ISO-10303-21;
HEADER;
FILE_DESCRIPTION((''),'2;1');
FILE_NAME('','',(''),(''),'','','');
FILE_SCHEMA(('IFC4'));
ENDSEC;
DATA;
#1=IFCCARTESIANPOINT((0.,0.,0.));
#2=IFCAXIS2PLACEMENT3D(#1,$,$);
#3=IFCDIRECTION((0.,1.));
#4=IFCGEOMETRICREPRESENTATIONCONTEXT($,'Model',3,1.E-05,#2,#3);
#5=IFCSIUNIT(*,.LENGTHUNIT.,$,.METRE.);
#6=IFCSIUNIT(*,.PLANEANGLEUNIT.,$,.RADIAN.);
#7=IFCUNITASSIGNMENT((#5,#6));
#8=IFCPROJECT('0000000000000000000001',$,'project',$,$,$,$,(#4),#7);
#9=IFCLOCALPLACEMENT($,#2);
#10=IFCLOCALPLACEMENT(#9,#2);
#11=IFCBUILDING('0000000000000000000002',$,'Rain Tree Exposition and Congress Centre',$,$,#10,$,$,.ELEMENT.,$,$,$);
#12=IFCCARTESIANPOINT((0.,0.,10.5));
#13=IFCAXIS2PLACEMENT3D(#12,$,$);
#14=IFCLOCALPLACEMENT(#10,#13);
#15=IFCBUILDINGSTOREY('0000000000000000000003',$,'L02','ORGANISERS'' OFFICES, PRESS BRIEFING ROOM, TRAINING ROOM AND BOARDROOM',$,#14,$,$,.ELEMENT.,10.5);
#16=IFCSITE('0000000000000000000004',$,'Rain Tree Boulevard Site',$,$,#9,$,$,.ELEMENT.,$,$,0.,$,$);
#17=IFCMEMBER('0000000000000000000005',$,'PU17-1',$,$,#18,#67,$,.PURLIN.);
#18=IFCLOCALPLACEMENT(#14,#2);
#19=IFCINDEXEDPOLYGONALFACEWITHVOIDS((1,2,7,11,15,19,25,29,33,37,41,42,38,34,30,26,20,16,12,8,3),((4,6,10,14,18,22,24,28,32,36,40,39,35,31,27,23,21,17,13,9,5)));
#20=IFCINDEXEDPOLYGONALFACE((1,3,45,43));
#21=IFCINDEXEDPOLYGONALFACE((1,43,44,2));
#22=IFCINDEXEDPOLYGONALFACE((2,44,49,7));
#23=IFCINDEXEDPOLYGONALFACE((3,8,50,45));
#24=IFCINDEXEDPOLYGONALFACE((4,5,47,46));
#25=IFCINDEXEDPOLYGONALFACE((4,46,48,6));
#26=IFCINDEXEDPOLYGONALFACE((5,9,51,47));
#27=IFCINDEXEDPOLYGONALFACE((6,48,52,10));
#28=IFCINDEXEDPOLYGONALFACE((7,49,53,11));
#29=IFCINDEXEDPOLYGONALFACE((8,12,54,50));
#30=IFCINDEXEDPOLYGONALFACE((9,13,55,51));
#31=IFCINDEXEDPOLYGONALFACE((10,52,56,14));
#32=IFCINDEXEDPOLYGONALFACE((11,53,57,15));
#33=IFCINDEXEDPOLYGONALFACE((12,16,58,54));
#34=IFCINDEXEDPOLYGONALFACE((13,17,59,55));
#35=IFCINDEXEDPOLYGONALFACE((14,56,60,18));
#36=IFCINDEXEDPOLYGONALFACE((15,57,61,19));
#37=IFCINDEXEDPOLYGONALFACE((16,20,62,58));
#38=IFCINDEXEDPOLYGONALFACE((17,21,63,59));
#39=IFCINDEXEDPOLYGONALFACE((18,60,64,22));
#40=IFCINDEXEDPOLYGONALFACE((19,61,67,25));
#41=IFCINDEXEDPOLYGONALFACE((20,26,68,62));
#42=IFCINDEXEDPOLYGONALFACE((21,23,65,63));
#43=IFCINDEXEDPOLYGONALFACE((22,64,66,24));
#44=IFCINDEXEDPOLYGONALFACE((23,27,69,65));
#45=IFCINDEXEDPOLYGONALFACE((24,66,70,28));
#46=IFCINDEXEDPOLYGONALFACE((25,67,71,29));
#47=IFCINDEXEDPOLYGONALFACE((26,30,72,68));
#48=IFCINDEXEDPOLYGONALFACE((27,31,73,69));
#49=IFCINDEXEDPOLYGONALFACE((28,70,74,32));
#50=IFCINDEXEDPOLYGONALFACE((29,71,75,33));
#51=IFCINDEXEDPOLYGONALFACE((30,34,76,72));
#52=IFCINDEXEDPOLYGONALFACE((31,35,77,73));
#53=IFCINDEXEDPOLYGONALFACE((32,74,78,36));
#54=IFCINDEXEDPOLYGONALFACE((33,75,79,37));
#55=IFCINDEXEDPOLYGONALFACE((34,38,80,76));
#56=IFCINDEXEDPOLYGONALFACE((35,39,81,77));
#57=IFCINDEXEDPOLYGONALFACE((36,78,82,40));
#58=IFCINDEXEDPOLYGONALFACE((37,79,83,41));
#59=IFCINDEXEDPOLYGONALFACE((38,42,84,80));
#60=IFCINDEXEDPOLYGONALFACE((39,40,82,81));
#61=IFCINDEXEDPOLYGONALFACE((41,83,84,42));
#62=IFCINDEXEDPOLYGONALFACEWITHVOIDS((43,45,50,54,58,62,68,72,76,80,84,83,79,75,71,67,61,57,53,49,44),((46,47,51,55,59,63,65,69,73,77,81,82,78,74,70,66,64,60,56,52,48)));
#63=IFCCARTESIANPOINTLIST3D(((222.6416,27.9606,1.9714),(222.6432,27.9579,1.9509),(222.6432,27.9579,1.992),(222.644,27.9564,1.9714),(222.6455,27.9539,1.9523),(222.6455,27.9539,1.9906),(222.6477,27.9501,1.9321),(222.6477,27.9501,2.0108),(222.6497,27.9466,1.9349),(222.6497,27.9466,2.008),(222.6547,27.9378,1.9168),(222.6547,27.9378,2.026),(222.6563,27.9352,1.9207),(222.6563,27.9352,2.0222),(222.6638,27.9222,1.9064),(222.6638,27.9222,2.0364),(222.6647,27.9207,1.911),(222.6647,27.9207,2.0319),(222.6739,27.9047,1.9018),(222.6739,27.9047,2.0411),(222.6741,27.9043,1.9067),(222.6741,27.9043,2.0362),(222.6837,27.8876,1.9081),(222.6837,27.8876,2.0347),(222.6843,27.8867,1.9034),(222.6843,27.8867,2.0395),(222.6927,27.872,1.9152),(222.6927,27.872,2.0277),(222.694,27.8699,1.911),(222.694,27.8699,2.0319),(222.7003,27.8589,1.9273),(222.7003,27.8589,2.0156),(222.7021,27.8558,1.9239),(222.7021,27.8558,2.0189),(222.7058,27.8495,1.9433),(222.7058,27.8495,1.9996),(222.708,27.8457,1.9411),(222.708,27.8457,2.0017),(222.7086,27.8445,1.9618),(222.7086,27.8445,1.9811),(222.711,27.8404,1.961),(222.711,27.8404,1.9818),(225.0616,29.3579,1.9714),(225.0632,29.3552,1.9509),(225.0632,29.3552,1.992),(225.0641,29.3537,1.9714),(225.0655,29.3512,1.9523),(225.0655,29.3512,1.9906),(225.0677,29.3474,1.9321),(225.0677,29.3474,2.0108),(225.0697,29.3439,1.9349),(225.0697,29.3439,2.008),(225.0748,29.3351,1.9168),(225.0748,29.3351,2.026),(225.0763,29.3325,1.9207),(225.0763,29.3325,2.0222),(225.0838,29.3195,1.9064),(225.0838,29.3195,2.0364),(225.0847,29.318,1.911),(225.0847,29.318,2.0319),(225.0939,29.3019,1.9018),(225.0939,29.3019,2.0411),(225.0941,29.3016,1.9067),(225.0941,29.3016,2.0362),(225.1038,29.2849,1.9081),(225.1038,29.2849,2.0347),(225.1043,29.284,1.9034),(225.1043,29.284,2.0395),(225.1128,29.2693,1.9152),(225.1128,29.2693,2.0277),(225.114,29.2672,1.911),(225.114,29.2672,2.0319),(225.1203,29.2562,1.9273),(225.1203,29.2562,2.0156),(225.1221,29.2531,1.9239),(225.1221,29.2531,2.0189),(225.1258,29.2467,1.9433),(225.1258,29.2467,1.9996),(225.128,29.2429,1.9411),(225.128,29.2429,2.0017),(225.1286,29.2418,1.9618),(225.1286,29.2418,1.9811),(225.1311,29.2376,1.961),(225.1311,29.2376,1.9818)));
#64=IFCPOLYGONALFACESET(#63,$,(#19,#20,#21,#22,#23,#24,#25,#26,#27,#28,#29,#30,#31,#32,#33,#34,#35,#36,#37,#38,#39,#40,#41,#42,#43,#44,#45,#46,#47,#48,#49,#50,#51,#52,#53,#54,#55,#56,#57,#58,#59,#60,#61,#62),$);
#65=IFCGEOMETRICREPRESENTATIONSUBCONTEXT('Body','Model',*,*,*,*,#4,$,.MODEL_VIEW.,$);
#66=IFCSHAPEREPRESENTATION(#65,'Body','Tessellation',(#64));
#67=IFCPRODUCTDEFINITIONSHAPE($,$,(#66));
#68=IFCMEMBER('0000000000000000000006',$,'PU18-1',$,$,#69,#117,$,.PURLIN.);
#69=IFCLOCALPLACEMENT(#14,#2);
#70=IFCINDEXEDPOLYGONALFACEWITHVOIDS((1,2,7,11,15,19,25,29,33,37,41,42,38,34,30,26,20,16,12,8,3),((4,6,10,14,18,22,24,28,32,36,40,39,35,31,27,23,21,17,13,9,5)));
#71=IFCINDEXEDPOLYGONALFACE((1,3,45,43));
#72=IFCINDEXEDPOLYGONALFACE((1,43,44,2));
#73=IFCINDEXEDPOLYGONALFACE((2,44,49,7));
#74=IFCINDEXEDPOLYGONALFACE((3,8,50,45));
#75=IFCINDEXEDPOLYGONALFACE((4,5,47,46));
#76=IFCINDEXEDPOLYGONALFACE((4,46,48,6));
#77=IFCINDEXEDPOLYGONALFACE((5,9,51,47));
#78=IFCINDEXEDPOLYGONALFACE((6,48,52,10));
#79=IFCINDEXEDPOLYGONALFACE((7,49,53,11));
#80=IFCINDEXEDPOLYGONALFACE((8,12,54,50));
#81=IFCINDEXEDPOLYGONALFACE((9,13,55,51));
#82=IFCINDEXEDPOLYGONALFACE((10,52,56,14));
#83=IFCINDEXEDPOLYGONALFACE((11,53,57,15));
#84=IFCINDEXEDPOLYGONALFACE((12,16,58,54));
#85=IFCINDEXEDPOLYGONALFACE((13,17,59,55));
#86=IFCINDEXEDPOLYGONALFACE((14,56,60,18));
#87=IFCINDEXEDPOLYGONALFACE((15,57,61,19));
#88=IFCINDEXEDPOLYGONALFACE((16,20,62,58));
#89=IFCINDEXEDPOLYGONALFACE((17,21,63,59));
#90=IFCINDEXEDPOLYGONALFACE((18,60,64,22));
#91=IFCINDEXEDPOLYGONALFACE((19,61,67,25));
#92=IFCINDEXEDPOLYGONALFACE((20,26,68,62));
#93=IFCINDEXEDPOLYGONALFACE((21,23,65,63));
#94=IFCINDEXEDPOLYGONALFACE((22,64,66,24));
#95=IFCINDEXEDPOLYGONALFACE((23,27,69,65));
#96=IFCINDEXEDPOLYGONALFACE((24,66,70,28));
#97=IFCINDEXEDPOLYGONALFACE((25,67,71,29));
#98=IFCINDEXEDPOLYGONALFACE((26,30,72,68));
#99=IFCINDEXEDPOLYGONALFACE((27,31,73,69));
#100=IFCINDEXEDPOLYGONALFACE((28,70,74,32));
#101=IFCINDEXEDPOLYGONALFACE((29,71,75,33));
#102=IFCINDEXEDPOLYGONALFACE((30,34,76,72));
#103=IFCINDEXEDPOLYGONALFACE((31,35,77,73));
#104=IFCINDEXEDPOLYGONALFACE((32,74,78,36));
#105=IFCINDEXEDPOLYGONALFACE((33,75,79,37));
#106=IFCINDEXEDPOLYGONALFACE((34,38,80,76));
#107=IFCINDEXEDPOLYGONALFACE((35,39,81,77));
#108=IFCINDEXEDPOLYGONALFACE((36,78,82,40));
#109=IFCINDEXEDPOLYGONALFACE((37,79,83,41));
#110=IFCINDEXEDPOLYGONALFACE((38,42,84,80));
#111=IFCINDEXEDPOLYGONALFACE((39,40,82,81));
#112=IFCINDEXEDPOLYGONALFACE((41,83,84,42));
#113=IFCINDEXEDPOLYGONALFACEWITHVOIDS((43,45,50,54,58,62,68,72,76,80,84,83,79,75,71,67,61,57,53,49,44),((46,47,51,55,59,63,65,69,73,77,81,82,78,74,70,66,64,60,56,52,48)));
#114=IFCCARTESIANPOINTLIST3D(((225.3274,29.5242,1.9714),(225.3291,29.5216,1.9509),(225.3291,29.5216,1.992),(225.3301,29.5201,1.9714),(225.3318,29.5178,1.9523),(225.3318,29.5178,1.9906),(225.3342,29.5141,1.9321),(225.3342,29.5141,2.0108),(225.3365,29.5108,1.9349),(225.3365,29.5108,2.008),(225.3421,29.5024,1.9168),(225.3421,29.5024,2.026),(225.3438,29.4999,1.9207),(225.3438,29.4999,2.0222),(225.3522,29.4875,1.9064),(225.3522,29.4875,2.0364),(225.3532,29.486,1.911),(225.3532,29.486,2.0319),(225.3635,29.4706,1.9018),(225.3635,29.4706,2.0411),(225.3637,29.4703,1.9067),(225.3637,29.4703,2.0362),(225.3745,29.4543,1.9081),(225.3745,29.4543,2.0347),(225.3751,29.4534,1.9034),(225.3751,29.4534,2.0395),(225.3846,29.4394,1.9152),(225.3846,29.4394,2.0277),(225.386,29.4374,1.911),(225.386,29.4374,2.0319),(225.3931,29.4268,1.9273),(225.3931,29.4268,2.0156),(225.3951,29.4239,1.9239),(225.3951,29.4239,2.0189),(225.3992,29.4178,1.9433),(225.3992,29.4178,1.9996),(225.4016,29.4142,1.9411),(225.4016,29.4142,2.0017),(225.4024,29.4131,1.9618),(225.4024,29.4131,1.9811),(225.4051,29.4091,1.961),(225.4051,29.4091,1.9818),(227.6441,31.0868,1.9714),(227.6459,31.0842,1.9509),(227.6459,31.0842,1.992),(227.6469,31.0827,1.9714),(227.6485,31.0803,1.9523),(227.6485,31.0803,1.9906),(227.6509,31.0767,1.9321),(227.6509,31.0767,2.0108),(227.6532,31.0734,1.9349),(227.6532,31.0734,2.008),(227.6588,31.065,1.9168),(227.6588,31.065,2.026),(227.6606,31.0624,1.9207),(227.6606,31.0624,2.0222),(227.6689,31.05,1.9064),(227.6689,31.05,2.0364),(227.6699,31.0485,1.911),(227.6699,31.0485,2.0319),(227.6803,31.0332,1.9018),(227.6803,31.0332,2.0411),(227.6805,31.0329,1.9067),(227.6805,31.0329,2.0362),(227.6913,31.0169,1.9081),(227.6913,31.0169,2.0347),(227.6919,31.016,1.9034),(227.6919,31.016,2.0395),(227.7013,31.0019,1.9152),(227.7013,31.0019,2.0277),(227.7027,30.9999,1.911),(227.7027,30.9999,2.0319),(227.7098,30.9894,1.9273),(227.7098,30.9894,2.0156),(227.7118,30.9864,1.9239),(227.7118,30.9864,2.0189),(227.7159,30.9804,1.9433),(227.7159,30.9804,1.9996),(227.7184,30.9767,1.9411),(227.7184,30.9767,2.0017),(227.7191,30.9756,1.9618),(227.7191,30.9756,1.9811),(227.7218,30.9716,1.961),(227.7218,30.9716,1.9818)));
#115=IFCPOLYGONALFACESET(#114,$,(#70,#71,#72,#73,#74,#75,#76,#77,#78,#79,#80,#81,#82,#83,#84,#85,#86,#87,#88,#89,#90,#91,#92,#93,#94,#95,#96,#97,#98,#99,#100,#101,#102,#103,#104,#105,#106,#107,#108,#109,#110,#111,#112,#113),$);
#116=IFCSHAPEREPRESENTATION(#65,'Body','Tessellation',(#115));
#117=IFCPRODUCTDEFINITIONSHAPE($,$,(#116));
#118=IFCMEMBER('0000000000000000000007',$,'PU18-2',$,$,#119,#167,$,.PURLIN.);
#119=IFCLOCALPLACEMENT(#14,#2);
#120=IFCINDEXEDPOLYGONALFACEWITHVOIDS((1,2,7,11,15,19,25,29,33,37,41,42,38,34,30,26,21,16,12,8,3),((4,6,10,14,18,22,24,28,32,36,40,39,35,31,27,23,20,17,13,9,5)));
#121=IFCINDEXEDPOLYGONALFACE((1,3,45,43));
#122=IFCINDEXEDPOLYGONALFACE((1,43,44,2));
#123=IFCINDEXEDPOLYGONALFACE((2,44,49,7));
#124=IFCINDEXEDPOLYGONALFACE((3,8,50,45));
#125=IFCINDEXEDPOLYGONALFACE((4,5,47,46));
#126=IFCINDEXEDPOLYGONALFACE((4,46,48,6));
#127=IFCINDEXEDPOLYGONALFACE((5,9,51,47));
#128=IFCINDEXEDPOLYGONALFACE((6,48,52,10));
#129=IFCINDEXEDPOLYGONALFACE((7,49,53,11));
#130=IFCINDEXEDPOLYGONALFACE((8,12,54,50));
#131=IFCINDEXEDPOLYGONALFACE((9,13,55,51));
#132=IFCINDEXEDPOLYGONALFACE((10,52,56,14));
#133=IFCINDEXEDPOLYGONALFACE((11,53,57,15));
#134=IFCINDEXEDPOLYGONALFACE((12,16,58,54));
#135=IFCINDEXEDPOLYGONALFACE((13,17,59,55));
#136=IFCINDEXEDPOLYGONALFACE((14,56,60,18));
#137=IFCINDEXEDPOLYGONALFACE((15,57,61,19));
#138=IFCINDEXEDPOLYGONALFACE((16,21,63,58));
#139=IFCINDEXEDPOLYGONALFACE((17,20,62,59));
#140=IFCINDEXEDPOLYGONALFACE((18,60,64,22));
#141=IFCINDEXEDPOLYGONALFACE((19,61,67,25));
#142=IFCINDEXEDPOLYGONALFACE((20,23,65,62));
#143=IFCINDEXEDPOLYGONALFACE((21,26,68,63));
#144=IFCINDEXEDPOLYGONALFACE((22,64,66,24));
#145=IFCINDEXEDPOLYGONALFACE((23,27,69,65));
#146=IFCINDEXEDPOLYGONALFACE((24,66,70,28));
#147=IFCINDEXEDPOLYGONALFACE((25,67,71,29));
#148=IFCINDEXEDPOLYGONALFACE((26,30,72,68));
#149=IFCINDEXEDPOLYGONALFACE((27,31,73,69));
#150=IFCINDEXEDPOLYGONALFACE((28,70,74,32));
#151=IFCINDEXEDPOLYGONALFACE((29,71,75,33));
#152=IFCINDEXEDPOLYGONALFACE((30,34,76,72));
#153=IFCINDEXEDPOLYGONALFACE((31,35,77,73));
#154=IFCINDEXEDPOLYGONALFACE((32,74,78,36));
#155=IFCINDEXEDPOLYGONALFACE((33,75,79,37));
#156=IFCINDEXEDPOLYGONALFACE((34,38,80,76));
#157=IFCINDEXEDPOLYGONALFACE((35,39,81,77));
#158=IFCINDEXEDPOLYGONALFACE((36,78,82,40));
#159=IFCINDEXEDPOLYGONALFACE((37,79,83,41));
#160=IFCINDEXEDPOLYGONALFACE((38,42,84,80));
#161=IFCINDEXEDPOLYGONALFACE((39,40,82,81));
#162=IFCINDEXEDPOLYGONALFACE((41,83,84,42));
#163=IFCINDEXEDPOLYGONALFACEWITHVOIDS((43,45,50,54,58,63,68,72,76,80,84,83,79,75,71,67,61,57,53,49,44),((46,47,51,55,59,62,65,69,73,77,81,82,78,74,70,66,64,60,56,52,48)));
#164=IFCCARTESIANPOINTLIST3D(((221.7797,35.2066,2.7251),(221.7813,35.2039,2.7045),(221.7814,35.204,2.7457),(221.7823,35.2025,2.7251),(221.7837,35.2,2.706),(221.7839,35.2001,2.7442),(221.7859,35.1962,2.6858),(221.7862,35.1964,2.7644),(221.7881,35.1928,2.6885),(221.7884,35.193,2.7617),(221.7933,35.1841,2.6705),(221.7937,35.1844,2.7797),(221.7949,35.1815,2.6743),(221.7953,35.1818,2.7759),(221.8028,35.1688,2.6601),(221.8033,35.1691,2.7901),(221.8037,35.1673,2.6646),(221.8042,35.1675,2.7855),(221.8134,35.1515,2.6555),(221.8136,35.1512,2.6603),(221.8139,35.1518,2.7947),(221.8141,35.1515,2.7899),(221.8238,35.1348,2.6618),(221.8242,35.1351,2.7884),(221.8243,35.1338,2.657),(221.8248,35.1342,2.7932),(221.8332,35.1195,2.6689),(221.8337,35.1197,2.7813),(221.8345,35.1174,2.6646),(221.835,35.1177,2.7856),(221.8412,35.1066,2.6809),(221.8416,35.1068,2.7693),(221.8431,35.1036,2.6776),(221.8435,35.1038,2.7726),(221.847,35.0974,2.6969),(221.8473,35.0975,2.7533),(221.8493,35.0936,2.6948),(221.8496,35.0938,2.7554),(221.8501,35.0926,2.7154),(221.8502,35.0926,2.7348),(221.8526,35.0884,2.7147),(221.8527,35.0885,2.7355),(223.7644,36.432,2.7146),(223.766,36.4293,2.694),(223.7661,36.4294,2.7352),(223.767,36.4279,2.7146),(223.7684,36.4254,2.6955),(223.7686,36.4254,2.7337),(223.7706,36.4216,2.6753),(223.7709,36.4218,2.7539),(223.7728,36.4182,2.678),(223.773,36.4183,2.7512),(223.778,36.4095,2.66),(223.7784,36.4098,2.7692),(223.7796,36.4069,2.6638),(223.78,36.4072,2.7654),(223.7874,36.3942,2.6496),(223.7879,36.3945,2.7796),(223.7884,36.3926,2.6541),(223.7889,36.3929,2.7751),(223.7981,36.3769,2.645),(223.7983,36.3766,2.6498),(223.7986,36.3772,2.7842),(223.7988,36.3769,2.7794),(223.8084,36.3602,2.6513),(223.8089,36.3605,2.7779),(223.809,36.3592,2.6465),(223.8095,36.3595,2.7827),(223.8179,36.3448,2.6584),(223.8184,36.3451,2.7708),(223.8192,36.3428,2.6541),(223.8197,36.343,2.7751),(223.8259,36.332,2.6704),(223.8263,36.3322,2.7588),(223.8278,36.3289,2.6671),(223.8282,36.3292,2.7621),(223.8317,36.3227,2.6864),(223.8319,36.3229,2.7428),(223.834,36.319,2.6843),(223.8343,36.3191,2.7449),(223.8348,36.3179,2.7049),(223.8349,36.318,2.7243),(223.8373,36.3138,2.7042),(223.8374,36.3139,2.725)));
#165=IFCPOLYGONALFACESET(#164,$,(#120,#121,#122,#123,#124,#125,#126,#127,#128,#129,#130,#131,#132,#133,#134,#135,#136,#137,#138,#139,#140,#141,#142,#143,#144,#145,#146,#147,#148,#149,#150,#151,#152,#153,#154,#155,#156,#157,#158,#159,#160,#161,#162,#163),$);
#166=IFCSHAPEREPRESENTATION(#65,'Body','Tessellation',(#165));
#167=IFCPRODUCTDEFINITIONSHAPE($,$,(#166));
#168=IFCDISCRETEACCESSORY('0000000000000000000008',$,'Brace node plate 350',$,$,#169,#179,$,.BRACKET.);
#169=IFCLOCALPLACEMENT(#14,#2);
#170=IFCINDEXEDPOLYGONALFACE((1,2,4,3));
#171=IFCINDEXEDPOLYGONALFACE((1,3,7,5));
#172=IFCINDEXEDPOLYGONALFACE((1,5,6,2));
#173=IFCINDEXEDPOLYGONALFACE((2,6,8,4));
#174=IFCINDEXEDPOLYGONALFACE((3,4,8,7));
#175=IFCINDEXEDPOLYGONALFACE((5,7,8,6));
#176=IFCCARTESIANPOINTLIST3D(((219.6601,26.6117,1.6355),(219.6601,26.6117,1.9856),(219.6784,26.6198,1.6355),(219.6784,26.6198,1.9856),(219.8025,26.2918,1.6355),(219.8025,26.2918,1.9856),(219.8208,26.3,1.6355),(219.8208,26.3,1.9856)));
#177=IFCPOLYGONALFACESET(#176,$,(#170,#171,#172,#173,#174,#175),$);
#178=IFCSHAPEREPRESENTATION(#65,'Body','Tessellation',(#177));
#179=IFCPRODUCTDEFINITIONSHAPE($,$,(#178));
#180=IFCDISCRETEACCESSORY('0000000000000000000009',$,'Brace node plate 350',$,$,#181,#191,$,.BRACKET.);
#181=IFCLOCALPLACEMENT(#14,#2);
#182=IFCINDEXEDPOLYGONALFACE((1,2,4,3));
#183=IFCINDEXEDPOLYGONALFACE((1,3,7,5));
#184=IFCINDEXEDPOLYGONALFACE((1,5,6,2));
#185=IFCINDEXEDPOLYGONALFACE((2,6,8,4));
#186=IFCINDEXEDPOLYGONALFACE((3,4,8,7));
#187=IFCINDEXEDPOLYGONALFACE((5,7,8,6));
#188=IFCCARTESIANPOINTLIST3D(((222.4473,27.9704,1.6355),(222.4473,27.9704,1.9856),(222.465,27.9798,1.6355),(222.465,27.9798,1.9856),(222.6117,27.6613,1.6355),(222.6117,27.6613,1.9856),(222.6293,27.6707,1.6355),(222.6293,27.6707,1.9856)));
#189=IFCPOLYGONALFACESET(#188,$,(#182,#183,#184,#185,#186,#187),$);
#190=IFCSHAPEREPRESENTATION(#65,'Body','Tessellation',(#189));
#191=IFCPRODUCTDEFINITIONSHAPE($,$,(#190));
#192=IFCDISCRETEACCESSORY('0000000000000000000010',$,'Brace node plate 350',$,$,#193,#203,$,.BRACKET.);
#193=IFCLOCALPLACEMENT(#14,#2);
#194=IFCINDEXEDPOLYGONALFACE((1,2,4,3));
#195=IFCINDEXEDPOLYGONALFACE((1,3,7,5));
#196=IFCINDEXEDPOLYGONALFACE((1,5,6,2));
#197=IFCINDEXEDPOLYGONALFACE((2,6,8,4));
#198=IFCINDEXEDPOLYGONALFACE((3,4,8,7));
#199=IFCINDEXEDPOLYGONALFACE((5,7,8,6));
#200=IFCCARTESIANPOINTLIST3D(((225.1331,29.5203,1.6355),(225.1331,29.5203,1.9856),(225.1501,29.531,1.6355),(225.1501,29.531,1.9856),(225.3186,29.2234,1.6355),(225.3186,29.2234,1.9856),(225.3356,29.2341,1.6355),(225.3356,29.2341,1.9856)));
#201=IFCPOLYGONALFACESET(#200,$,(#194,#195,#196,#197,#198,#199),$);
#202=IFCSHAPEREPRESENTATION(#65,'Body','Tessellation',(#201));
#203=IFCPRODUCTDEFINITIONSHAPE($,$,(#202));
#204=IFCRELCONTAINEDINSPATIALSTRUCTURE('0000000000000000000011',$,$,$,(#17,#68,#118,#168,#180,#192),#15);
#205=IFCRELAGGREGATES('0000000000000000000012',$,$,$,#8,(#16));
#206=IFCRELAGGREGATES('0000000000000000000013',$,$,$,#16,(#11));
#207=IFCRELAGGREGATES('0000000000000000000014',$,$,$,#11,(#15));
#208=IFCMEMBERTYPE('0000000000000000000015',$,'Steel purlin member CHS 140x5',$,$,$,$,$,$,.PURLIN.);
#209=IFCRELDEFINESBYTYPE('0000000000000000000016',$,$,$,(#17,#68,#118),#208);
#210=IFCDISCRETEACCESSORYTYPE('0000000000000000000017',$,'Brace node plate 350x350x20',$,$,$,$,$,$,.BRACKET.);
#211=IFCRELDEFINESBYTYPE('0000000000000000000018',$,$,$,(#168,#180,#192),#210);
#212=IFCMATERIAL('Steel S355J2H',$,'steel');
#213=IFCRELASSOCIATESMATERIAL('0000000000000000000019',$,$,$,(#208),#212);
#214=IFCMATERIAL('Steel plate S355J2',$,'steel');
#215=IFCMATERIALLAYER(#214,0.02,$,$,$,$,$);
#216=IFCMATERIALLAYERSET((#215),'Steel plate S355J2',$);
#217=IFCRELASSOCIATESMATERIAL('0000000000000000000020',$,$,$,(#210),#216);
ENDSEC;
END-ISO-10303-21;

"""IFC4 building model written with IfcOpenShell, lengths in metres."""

from ifc_helpers import new_model, si_unit, direction, frame, origin, origin_2d, place, context, subcontext, project, spatial, rectangle, hollow_circle, extrude, material, layer, layer_set, material_profile, profile_set, type_object, element, save


model = new_model("IFC4")

# Units and contexts
model_context = context("Model", 3, precision=1e-05, world=origin(), true_north=direction((0.0, 1.0)))
body_context = subcontext(model_context, "Body", "Model", "MODEL_VIEW")
ifc_project = project(units=[si_unit("LENGTHUNIT", "METRE"), si_unit("PLANEANGLEUNIT", "RADIAN")], contexts=[model_context])

# Site, building, storey
site_placement = place(None, origin())
site = spatial("IfcSite", under=ifc_project, at=site_placement, Name="Rain Tree Boulevard Site", CompositionType="ELEMENT", RefElevation=0.0)
building_placement = place(site_placement, origin())
building = spatial("IfcBuilding", under=site, at=building_placement, Name="Rain Tree Exposition and Congress Centre", CompositionType="ELEMENT")
storey_placement = place(building_placement, frame((0.0, 0.0, 10.5)))
storey = spatial("IfcBuildingStorey", under=building, at=storey_placement, Name="L02", Description="ORGANISERS' OFFICES, PRESS BRIEFING ROOM, TRAINING ROOM AND BOARDROOM", CompositionType="ELEMENT", Elevation=10.5)

# Members
ifc_material_1 = material(Name="Steel S355J2H", Category="steel")
ifc_material_profile_1 = material_profile(ifc_material_1, hollow_circle(Radius=0.0698, WallThickness=0.0049, at=origin_2d()), Name="CHS 140x5")
ifc_profile_set_1 = profile_set([ifc_material_profile_1], Name="Steel S355J2H")
member_type_1 = type_object("IfcMemberType", Name="Steel purlin member CHS 140x5", PredefinedType="PURLIN", material=ifc_profile_set_1)
for number, where, z_axis, x_axis, name in (
    (1, (222.6765, 27.9001, 1.9714), (0.866014, 0.50002, 0.0), (-0.50002, 0.866014, 0.0), "PU17-1"),
    (2, (225.3665, 29.4663, 1.9714), (0.829054, 0.559168, 0.0), (-0.559168, 0.829054, 0.0), "PU18-1"),
):
    element("IfcMember", number, at=place(storey_placement, frame(where, z_axis=z_axis, x_axis=x_axis)), inside=storey, type_object=member_type_1, Name=name, PredefinedType="PURLIN", context=body_context, shape_type="SweptSolid", body=[
        extrude(hollow_circle(Radius=0.0698, WallThickness=0.0049, at=origin_2d()), origin(), (0.0, 0.0, 1.0), 2.7944),
    ])
member_1_placement = place(storey_placement, frame((221.8164, 35.1472, 2.7251), z_axis=(0.850876, 0.525347, -0.004501), x_axis=(-0.525352, 0.850885, 0.0)))
element("IfcMember", 3, at=member_1_placement, inside=storey, type_object=member_type_1, Name="PU18-2", PredefinedType="PURLIN", context=body_context, shape_type="SweptSolid", body=[
    extrude(hollow_circle(Radius=0.0698, WallThickness=0.0049, at=origin_2d()), origin(), (0.0, 0.0, 1.0), 2.3325),
])

# Discrete accessories
ifc_material_2 = material(Name="Steel plate S355J2", Category="steel")
ifc_layer = layer(ifc_material_2, 0.02)
ifc_layer_set = layer_set([ifc_layer], Name="Steel plate S355J2")
discrete_accessory_type = type_object("IfcDiscreteAccessoryType", Name="Brace node plate 350x350x20", PredefinedType="BRACKET", material=ifc_layer_set)
for number, where, z_axis, x_axis, name in (
    (4, (219.7405, 26.4558, 1.6355), (0.0, 0.0, 1.0), (-0.406737, 0.913545, 0.0), "Brace node plate 350"),
    (5, (222.5383, 27.8206, 1.6355), (0.0, 0.0, 1.0), (-0.469472, 0.882948, 0.0), "Brace node plate 350"),
    (6, (225.2344, 29.3772, 1.6355), (0.0, 0.0, 1.0), (-0.529919, 0.848048, 0.0), "Brace node plate 350"),
):
    element("IfcDiscreteAccessory", number, at=place(storey_placement, frame(where, z_axis=z_axis, x_axis=x_axis)), inside=storey, type_object=discrete_accessory_type, Name=name, PredefinedType="BRACKET", context=body_context, shape_type="SweptSolid", body=[
        extrude(rectangle(XDim=0.3501, YDim=0.02, at=origin_2d()), origin(), (0.0, 0.0, 1.0), 0.3501),
    ])

save(model, "model.ifc")
